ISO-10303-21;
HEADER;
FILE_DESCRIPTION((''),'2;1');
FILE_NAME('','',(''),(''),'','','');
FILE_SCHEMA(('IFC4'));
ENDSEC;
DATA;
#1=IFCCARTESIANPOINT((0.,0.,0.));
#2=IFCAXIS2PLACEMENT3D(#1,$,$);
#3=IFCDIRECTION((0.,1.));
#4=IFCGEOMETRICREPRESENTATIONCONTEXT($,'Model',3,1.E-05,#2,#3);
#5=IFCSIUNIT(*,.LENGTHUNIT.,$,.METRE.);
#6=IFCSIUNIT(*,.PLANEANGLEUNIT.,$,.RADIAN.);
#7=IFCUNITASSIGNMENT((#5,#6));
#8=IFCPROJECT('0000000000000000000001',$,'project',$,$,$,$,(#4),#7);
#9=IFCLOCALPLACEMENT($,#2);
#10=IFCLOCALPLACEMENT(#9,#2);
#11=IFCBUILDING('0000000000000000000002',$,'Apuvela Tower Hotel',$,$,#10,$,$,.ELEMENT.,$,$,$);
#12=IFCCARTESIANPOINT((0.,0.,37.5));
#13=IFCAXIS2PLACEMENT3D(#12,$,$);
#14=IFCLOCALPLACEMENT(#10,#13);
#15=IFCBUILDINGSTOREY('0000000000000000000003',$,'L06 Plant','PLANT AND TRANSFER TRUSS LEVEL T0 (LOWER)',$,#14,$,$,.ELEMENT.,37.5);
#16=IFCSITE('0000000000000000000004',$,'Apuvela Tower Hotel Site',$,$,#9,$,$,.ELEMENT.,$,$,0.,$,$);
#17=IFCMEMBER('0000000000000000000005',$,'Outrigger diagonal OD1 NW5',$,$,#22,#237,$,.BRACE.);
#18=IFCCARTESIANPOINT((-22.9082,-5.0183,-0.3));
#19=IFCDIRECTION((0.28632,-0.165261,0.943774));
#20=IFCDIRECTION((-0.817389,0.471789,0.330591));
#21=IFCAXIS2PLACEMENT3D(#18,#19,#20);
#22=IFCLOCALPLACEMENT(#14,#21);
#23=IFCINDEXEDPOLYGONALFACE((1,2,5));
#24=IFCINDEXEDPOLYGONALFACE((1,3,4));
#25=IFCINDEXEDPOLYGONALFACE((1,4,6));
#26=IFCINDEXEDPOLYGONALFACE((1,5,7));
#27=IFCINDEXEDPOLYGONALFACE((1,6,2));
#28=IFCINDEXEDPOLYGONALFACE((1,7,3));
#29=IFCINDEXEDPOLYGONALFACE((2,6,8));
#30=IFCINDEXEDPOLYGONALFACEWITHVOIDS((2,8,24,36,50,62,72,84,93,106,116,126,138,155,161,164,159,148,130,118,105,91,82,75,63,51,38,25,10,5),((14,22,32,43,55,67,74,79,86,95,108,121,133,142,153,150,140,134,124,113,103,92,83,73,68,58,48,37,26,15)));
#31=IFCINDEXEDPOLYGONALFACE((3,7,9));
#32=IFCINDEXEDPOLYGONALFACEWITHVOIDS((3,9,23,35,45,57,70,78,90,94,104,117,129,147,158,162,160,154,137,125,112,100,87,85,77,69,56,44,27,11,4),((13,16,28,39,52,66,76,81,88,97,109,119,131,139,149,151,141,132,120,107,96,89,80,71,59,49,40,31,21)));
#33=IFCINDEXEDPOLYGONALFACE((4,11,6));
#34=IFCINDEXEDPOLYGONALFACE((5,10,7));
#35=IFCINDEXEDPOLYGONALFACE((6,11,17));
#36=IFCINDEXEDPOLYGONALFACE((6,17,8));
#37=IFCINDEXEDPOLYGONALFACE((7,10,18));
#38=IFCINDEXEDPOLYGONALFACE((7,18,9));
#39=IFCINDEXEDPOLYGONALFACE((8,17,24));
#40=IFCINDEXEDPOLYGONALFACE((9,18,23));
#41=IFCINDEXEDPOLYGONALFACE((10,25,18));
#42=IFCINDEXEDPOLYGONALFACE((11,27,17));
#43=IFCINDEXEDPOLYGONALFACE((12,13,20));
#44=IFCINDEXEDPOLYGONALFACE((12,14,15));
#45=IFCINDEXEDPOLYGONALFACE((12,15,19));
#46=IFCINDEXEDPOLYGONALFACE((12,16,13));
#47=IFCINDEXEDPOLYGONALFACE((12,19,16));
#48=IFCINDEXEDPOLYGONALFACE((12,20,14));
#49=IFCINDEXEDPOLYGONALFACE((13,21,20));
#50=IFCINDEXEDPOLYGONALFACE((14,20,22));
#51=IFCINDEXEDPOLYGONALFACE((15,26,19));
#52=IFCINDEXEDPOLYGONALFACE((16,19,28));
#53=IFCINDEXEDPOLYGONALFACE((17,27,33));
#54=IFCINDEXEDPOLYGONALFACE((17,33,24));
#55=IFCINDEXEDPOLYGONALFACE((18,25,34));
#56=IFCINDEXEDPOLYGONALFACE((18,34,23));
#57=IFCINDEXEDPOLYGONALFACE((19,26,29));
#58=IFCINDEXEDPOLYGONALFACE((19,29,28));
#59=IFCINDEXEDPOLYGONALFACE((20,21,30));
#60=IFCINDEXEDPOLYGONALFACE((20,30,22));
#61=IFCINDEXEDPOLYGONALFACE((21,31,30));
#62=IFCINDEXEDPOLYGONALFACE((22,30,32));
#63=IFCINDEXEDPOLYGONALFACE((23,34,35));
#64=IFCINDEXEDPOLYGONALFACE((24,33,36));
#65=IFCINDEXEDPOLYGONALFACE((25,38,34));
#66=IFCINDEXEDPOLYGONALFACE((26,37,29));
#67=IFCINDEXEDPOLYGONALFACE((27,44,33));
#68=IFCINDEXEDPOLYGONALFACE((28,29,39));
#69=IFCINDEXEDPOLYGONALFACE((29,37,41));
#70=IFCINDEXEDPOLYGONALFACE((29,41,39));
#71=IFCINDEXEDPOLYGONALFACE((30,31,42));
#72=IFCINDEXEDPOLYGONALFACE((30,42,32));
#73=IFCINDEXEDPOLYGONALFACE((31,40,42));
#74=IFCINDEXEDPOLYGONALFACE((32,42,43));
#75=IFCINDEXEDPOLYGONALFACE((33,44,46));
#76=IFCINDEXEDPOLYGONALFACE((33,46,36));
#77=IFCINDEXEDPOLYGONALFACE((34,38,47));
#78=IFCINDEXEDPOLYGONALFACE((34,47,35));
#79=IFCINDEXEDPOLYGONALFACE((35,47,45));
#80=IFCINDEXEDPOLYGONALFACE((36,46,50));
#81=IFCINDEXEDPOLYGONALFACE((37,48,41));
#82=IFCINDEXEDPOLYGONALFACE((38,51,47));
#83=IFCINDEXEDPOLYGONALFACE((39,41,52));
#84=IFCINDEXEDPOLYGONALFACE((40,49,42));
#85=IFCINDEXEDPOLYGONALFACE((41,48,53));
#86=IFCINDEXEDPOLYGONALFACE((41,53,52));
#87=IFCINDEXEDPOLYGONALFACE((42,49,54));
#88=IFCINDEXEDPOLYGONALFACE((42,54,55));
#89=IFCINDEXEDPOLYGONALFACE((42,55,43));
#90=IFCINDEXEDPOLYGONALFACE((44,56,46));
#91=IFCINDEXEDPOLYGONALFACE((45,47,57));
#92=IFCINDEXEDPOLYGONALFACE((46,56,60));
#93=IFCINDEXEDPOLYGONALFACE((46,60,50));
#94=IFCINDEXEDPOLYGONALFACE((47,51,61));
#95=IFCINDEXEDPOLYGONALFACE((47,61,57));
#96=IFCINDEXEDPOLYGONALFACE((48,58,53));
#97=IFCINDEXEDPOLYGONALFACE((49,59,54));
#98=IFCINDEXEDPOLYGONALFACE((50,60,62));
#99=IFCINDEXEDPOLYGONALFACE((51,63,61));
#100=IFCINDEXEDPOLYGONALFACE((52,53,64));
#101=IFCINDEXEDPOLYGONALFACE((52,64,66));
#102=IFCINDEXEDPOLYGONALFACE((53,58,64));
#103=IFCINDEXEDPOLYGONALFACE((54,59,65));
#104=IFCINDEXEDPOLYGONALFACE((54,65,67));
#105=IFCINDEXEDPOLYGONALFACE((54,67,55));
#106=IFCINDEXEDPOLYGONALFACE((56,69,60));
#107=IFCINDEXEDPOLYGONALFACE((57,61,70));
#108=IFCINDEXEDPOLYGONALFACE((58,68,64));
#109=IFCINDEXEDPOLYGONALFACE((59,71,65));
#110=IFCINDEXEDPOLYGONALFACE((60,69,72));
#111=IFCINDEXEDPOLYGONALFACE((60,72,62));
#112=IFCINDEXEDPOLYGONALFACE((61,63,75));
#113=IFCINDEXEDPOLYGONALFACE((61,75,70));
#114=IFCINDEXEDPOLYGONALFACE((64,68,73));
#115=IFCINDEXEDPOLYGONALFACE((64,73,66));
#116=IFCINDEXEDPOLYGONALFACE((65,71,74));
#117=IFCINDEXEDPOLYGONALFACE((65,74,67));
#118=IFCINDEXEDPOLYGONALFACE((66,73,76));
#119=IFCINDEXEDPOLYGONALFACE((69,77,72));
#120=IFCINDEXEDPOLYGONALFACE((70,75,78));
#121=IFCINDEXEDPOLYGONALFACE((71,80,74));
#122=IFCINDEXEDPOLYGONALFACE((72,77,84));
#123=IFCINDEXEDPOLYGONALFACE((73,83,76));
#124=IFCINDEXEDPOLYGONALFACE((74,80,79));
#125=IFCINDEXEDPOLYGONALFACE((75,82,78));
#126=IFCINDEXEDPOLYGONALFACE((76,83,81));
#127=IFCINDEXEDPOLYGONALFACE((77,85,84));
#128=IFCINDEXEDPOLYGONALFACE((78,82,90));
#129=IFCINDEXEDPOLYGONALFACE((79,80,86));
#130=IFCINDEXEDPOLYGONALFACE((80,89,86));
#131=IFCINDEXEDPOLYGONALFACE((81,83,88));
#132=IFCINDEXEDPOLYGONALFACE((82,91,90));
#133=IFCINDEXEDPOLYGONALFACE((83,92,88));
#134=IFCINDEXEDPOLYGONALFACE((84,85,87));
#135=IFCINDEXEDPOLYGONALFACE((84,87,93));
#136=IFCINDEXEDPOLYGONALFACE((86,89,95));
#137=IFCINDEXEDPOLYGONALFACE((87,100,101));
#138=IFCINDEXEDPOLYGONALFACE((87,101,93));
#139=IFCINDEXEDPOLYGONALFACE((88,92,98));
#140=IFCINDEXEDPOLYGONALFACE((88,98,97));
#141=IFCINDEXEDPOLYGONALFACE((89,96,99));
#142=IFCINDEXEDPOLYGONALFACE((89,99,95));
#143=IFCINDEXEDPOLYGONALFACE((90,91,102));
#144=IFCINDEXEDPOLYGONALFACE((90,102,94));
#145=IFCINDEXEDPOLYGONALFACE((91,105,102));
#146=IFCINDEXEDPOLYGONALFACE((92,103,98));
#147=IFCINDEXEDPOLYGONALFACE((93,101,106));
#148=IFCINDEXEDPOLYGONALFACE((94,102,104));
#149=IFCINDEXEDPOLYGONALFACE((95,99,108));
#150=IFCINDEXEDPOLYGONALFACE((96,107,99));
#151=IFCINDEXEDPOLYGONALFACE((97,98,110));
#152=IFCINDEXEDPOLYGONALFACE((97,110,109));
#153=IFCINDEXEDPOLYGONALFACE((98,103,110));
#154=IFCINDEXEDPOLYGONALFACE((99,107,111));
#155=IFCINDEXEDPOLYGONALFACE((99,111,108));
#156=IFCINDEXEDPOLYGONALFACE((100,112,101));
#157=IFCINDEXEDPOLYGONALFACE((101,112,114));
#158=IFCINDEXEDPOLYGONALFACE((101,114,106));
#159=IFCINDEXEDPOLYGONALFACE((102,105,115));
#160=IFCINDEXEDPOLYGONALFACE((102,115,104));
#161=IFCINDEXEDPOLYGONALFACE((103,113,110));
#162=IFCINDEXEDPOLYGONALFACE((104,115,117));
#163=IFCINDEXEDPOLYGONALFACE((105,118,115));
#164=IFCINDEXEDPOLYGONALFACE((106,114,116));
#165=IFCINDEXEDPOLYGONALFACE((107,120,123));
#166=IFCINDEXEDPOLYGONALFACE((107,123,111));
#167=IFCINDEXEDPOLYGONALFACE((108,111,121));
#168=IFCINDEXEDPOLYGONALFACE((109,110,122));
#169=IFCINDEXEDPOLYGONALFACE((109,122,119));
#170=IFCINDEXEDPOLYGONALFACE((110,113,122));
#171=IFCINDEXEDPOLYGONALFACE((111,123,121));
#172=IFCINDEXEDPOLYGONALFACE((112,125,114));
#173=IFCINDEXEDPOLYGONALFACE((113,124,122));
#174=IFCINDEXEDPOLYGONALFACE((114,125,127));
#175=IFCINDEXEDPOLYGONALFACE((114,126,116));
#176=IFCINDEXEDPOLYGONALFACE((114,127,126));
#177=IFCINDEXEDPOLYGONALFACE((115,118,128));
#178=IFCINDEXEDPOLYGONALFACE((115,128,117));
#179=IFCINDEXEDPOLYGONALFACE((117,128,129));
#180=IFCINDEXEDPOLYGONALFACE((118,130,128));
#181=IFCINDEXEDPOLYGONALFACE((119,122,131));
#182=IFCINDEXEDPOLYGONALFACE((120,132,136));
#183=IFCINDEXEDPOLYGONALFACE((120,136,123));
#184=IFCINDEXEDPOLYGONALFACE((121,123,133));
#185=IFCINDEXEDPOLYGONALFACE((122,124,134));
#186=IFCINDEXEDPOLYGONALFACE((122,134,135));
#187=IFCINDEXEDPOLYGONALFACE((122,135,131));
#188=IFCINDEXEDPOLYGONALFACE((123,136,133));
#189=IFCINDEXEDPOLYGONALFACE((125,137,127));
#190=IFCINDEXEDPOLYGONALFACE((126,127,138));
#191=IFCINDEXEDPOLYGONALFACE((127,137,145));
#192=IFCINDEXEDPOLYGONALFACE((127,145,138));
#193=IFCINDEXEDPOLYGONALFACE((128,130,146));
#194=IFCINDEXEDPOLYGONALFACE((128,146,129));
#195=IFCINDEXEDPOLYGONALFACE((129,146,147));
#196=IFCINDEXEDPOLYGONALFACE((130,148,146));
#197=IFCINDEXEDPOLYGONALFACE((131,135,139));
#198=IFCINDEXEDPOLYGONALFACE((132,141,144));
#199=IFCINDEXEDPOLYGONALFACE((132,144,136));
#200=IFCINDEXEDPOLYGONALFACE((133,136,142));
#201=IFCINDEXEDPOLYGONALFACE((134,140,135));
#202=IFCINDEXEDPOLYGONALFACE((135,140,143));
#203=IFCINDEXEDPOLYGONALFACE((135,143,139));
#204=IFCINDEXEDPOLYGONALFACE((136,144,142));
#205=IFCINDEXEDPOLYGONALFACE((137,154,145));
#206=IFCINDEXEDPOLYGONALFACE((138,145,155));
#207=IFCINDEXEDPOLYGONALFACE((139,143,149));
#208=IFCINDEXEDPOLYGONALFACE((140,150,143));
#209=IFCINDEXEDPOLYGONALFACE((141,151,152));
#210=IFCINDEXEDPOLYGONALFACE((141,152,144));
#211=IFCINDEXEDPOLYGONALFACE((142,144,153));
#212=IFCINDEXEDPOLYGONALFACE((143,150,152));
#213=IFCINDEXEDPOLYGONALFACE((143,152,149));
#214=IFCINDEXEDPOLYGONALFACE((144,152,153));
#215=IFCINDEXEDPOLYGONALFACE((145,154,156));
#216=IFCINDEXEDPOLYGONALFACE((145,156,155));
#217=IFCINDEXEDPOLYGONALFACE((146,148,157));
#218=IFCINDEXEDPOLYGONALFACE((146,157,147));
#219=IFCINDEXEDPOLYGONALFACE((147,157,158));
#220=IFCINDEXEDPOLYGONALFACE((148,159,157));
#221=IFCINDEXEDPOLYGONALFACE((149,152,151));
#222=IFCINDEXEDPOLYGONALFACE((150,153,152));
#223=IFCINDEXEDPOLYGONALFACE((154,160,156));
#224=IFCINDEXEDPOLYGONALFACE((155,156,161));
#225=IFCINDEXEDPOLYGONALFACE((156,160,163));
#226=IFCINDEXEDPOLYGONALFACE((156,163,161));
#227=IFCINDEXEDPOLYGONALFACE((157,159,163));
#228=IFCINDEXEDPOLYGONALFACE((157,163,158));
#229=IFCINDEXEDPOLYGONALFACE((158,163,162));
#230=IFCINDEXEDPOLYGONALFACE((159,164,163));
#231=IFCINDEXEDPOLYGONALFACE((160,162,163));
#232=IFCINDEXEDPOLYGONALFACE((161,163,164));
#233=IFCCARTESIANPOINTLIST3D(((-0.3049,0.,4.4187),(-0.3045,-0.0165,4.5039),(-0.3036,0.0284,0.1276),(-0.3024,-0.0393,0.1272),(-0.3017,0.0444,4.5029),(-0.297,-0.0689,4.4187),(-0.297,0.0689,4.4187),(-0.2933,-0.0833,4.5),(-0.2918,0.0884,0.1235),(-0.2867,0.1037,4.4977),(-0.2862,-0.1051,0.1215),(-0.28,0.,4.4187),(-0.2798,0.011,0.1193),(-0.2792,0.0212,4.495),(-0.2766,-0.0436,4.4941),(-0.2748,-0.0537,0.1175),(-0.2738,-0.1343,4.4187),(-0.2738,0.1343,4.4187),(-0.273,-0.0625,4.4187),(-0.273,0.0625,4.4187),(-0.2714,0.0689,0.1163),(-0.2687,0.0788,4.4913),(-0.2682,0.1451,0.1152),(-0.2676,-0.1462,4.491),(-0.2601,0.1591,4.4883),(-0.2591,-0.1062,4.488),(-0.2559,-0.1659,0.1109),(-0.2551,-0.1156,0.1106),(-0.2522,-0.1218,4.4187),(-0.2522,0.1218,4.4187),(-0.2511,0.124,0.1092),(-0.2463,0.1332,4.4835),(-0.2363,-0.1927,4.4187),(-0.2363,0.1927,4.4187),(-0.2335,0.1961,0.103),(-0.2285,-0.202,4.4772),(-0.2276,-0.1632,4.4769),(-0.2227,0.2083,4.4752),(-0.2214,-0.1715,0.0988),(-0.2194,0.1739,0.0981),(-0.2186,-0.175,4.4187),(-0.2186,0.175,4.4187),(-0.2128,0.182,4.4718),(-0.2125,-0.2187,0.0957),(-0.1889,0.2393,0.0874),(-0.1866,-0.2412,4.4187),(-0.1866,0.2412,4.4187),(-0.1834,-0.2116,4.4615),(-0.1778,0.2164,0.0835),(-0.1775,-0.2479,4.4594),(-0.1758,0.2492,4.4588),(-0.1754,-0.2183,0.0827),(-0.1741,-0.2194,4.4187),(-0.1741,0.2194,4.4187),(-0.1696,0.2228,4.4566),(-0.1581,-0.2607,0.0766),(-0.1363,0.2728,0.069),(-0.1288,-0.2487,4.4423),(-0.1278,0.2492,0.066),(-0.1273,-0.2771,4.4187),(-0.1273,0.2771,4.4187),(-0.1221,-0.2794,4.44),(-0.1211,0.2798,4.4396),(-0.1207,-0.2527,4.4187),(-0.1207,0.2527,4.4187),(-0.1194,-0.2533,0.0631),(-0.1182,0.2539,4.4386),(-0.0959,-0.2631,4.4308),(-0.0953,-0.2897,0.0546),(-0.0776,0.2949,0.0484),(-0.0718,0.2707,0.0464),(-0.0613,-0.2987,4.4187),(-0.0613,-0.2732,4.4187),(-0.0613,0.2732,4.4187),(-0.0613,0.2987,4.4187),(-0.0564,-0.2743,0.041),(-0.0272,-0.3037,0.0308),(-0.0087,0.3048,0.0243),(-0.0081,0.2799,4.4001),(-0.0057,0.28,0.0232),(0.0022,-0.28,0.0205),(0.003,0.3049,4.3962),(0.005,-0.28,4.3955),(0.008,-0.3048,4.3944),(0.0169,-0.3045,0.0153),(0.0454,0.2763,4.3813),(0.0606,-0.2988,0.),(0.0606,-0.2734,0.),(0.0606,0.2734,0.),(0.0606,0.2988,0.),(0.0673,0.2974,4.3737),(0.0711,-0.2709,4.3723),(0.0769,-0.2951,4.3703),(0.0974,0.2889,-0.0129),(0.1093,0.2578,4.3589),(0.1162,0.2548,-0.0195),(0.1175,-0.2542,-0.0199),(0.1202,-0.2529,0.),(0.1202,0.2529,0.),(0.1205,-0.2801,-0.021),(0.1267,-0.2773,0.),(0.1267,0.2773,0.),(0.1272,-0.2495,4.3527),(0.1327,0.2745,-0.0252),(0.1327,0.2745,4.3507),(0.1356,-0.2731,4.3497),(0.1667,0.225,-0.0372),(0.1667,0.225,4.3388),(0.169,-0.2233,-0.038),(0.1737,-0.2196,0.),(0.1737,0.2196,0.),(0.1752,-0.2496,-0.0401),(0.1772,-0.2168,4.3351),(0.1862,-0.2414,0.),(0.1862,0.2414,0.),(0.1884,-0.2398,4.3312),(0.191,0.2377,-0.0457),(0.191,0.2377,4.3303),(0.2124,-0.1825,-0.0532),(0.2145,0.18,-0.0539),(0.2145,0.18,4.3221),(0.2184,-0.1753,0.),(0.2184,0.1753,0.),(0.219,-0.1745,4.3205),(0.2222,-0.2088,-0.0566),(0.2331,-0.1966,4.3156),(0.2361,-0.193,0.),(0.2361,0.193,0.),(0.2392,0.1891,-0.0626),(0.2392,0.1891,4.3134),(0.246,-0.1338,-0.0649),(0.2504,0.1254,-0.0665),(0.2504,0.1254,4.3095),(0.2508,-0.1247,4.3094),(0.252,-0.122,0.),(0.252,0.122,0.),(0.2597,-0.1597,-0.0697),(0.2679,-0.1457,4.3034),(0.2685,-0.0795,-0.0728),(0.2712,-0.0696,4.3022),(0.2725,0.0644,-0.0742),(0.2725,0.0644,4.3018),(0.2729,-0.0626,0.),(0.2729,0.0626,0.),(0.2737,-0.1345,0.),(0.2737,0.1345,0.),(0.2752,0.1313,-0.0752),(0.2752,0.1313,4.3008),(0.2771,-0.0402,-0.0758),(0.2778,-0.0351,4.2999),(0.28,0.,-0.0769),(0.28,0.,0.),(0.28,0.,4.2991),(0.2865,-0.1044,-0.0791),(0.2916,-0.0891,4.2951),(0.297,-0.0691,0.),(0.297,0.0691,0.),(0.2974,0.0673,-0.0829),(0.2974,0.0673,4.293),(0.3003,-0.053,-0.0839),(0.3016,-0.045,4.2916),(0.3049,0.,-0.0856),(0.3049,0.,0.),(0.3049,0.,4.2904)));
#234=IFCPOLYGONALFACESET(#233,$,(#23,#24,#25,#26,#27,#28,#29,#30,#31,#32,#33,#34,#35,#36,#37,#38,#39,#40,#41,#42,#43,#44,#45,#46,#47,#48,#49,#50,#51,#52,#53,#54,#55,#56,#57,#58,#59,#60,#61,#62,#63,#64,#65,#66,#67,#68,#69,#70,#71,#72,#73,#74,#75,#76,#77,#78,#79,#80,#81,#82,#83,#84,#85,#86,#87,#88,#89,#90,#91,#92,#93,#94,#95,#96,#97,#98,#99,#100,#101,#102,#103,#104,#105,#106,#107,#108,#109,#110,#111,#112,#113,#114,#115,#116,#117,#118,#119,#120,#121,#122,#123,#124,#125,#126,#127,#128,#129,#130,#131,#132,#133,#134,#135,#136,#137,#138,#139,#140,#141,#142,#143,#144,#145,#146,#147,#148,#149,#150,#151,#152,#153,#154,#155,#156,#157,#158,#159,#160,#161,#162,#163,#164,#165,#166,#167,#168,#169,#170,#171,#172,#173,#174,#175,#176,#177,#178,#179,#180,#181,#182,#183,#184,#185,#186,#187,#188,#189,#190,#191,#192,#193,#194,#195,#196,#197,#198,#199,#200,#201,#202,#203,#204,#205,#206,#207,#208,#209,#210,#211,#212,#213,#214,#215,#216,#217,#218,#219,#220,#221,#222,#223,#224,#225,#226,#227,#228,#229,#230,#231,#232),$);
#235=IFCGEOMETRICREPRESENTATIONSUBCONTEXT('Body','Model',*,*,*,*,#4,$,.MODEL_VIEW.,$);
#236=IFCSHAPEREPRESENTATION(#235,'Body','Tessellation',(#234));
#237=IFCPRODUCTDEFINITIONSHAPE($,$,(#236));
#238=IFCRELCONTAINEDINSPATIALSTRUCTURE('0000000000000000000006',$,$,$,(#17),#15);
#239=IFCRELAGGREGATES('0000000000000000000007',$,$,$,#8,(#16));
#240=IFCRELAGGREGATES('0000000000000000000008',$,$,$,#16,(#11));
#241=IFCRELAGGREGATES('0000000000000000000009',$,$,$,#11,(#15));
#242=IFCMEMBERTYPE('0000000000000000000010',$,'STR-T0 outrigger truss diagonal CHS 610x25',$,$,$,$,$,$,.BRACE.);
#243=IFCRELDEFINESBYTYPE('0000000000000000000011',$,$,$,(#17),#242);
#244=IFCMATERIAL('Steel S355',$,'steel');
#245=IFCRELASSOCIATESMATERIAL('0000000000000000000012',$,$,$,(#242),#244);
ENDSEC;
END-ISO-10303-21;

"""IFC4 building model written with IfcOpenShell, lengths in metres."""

from ifc_helpers import new_model, si_unit, direction, frame, origin, origin_2d, place, context, subcontext, project, spatial, hollow_circle, extrude, boolean, halfspace, material, material_profile, profile_set, type_object, element, save


model = new_model("IFC4")

# Units and contexts
model_context = context("Model", 3, precision=1e-05, world=origin(), true_north=direction((0.0, 1.0)))
body_context = subcontext(model_context, "Body", "Model", "MODEL_VIEW")
ifc_project = project(units=[si_unit("LENGTHUNIT", "METRE"), si_unit("PLANEANGLEUNIT", "RADIAN")], contexts=[model_context])

# Site, building, storey
site_placement = place(None, origin())
site = spatial("IfcSite", under=ifc_project, at=site_placement, Name="Apuvela Tower Hotel Site", CompositionType="ELEMENT", RefElevation=0.0)
building_placement = place(site_placement, origin())
building = spatial("IfcBuilding", under=site, at=building_placement, Name="Apuvela Tower Hotel", CompositionType="ELEMENT")
storey_placement = place(building_placement, frame((0.0, 0.0, 37.5)))
storey = spatial("IfcBuildingStorey", under=building, at=storey_placement, Name="L06 Plant", Description="PLANT AND TRANSFER TRUSS LEVEL T0 (LOWER)", CompositionType="ELEMENT", Elevation=37.5)

# Member
ifc_material_1 = material(Name="Steel S355", Category="steel")
ifc_material_profile_1 = material_profile(ifc_material_1, hollow_circle(Radius=0.3049, WallThickness=0.0249, at=origin_2d()), Name="CHS 610x25")
ifc_profile_set_1 = profile_set([ifc_material_profile_1], Name="Steel S355")
member_type_1 = type_object("IfcMemberType", Name="STR-T0 outrigger truss diagonal CHS 610x25", PredefinedType="BRACE", material=ifc_profile_set_1)
member_1_placement = place(storey_placement, frame((-22.9082, -5.0183, -0.3), z_axis=(0.28632, -0.165261, 0.943774), x_axis=(-0.817389, 0.471789, 0.330591)))
solid_1 = boolean("DIFFERENCE", boolean("DIFFERENCE", extrude(hollow_circle(Radius=0.3049, WallThickness=0.0249, at=origin_2d()), frame((0.0, 0.0, -0.2268)), (0.0, 0.0, 1.0), 4.8723), halfspace(frame((0.0, 0.0, 0.0212), z_axis=(0.330591, 0.0, 0.943774), x_axis=(0.943774, 0.0, -0.330591)), True)), halfspace(frame((0.0, 0.0, 4.3972), z_axis=(0.330591, 0.0, 0.943774), x_axis=(0.943774, 0.0, -0.330591)), False))
element("IfcMember", 1, at=member_1_placement, inside=storey, type_object=member_type_1, Name="Outrigger diagonal OD1 NW5", PredefinedType="BRACE", context=body_context, shape_type="SweptSolid", body=[
    boolean("UNION", boolean("DIFFERENCE", boolean("DIFFERENCE", extrude(hollow_circle(Radius=0.3049, WallThickness=0.0249, at=origin_2d()), origin(), (0.0, 0.0, 1.0), 4.4187), halfspace(frame((0.0, 0.0, 0.0212), z_axis=(0.330591, 0.0, 0.943774), x_axis=(0.943774, 0.0, -0.330591)), True)), halfspace(frame((0.0, 0.0, 4.3972), z_axis=(0.330591, 0.0, 0.943774), x_axis=(0.943774, 0.0, -0.330591)), False)), solid_1),
])

save(model, "model.ifc")
